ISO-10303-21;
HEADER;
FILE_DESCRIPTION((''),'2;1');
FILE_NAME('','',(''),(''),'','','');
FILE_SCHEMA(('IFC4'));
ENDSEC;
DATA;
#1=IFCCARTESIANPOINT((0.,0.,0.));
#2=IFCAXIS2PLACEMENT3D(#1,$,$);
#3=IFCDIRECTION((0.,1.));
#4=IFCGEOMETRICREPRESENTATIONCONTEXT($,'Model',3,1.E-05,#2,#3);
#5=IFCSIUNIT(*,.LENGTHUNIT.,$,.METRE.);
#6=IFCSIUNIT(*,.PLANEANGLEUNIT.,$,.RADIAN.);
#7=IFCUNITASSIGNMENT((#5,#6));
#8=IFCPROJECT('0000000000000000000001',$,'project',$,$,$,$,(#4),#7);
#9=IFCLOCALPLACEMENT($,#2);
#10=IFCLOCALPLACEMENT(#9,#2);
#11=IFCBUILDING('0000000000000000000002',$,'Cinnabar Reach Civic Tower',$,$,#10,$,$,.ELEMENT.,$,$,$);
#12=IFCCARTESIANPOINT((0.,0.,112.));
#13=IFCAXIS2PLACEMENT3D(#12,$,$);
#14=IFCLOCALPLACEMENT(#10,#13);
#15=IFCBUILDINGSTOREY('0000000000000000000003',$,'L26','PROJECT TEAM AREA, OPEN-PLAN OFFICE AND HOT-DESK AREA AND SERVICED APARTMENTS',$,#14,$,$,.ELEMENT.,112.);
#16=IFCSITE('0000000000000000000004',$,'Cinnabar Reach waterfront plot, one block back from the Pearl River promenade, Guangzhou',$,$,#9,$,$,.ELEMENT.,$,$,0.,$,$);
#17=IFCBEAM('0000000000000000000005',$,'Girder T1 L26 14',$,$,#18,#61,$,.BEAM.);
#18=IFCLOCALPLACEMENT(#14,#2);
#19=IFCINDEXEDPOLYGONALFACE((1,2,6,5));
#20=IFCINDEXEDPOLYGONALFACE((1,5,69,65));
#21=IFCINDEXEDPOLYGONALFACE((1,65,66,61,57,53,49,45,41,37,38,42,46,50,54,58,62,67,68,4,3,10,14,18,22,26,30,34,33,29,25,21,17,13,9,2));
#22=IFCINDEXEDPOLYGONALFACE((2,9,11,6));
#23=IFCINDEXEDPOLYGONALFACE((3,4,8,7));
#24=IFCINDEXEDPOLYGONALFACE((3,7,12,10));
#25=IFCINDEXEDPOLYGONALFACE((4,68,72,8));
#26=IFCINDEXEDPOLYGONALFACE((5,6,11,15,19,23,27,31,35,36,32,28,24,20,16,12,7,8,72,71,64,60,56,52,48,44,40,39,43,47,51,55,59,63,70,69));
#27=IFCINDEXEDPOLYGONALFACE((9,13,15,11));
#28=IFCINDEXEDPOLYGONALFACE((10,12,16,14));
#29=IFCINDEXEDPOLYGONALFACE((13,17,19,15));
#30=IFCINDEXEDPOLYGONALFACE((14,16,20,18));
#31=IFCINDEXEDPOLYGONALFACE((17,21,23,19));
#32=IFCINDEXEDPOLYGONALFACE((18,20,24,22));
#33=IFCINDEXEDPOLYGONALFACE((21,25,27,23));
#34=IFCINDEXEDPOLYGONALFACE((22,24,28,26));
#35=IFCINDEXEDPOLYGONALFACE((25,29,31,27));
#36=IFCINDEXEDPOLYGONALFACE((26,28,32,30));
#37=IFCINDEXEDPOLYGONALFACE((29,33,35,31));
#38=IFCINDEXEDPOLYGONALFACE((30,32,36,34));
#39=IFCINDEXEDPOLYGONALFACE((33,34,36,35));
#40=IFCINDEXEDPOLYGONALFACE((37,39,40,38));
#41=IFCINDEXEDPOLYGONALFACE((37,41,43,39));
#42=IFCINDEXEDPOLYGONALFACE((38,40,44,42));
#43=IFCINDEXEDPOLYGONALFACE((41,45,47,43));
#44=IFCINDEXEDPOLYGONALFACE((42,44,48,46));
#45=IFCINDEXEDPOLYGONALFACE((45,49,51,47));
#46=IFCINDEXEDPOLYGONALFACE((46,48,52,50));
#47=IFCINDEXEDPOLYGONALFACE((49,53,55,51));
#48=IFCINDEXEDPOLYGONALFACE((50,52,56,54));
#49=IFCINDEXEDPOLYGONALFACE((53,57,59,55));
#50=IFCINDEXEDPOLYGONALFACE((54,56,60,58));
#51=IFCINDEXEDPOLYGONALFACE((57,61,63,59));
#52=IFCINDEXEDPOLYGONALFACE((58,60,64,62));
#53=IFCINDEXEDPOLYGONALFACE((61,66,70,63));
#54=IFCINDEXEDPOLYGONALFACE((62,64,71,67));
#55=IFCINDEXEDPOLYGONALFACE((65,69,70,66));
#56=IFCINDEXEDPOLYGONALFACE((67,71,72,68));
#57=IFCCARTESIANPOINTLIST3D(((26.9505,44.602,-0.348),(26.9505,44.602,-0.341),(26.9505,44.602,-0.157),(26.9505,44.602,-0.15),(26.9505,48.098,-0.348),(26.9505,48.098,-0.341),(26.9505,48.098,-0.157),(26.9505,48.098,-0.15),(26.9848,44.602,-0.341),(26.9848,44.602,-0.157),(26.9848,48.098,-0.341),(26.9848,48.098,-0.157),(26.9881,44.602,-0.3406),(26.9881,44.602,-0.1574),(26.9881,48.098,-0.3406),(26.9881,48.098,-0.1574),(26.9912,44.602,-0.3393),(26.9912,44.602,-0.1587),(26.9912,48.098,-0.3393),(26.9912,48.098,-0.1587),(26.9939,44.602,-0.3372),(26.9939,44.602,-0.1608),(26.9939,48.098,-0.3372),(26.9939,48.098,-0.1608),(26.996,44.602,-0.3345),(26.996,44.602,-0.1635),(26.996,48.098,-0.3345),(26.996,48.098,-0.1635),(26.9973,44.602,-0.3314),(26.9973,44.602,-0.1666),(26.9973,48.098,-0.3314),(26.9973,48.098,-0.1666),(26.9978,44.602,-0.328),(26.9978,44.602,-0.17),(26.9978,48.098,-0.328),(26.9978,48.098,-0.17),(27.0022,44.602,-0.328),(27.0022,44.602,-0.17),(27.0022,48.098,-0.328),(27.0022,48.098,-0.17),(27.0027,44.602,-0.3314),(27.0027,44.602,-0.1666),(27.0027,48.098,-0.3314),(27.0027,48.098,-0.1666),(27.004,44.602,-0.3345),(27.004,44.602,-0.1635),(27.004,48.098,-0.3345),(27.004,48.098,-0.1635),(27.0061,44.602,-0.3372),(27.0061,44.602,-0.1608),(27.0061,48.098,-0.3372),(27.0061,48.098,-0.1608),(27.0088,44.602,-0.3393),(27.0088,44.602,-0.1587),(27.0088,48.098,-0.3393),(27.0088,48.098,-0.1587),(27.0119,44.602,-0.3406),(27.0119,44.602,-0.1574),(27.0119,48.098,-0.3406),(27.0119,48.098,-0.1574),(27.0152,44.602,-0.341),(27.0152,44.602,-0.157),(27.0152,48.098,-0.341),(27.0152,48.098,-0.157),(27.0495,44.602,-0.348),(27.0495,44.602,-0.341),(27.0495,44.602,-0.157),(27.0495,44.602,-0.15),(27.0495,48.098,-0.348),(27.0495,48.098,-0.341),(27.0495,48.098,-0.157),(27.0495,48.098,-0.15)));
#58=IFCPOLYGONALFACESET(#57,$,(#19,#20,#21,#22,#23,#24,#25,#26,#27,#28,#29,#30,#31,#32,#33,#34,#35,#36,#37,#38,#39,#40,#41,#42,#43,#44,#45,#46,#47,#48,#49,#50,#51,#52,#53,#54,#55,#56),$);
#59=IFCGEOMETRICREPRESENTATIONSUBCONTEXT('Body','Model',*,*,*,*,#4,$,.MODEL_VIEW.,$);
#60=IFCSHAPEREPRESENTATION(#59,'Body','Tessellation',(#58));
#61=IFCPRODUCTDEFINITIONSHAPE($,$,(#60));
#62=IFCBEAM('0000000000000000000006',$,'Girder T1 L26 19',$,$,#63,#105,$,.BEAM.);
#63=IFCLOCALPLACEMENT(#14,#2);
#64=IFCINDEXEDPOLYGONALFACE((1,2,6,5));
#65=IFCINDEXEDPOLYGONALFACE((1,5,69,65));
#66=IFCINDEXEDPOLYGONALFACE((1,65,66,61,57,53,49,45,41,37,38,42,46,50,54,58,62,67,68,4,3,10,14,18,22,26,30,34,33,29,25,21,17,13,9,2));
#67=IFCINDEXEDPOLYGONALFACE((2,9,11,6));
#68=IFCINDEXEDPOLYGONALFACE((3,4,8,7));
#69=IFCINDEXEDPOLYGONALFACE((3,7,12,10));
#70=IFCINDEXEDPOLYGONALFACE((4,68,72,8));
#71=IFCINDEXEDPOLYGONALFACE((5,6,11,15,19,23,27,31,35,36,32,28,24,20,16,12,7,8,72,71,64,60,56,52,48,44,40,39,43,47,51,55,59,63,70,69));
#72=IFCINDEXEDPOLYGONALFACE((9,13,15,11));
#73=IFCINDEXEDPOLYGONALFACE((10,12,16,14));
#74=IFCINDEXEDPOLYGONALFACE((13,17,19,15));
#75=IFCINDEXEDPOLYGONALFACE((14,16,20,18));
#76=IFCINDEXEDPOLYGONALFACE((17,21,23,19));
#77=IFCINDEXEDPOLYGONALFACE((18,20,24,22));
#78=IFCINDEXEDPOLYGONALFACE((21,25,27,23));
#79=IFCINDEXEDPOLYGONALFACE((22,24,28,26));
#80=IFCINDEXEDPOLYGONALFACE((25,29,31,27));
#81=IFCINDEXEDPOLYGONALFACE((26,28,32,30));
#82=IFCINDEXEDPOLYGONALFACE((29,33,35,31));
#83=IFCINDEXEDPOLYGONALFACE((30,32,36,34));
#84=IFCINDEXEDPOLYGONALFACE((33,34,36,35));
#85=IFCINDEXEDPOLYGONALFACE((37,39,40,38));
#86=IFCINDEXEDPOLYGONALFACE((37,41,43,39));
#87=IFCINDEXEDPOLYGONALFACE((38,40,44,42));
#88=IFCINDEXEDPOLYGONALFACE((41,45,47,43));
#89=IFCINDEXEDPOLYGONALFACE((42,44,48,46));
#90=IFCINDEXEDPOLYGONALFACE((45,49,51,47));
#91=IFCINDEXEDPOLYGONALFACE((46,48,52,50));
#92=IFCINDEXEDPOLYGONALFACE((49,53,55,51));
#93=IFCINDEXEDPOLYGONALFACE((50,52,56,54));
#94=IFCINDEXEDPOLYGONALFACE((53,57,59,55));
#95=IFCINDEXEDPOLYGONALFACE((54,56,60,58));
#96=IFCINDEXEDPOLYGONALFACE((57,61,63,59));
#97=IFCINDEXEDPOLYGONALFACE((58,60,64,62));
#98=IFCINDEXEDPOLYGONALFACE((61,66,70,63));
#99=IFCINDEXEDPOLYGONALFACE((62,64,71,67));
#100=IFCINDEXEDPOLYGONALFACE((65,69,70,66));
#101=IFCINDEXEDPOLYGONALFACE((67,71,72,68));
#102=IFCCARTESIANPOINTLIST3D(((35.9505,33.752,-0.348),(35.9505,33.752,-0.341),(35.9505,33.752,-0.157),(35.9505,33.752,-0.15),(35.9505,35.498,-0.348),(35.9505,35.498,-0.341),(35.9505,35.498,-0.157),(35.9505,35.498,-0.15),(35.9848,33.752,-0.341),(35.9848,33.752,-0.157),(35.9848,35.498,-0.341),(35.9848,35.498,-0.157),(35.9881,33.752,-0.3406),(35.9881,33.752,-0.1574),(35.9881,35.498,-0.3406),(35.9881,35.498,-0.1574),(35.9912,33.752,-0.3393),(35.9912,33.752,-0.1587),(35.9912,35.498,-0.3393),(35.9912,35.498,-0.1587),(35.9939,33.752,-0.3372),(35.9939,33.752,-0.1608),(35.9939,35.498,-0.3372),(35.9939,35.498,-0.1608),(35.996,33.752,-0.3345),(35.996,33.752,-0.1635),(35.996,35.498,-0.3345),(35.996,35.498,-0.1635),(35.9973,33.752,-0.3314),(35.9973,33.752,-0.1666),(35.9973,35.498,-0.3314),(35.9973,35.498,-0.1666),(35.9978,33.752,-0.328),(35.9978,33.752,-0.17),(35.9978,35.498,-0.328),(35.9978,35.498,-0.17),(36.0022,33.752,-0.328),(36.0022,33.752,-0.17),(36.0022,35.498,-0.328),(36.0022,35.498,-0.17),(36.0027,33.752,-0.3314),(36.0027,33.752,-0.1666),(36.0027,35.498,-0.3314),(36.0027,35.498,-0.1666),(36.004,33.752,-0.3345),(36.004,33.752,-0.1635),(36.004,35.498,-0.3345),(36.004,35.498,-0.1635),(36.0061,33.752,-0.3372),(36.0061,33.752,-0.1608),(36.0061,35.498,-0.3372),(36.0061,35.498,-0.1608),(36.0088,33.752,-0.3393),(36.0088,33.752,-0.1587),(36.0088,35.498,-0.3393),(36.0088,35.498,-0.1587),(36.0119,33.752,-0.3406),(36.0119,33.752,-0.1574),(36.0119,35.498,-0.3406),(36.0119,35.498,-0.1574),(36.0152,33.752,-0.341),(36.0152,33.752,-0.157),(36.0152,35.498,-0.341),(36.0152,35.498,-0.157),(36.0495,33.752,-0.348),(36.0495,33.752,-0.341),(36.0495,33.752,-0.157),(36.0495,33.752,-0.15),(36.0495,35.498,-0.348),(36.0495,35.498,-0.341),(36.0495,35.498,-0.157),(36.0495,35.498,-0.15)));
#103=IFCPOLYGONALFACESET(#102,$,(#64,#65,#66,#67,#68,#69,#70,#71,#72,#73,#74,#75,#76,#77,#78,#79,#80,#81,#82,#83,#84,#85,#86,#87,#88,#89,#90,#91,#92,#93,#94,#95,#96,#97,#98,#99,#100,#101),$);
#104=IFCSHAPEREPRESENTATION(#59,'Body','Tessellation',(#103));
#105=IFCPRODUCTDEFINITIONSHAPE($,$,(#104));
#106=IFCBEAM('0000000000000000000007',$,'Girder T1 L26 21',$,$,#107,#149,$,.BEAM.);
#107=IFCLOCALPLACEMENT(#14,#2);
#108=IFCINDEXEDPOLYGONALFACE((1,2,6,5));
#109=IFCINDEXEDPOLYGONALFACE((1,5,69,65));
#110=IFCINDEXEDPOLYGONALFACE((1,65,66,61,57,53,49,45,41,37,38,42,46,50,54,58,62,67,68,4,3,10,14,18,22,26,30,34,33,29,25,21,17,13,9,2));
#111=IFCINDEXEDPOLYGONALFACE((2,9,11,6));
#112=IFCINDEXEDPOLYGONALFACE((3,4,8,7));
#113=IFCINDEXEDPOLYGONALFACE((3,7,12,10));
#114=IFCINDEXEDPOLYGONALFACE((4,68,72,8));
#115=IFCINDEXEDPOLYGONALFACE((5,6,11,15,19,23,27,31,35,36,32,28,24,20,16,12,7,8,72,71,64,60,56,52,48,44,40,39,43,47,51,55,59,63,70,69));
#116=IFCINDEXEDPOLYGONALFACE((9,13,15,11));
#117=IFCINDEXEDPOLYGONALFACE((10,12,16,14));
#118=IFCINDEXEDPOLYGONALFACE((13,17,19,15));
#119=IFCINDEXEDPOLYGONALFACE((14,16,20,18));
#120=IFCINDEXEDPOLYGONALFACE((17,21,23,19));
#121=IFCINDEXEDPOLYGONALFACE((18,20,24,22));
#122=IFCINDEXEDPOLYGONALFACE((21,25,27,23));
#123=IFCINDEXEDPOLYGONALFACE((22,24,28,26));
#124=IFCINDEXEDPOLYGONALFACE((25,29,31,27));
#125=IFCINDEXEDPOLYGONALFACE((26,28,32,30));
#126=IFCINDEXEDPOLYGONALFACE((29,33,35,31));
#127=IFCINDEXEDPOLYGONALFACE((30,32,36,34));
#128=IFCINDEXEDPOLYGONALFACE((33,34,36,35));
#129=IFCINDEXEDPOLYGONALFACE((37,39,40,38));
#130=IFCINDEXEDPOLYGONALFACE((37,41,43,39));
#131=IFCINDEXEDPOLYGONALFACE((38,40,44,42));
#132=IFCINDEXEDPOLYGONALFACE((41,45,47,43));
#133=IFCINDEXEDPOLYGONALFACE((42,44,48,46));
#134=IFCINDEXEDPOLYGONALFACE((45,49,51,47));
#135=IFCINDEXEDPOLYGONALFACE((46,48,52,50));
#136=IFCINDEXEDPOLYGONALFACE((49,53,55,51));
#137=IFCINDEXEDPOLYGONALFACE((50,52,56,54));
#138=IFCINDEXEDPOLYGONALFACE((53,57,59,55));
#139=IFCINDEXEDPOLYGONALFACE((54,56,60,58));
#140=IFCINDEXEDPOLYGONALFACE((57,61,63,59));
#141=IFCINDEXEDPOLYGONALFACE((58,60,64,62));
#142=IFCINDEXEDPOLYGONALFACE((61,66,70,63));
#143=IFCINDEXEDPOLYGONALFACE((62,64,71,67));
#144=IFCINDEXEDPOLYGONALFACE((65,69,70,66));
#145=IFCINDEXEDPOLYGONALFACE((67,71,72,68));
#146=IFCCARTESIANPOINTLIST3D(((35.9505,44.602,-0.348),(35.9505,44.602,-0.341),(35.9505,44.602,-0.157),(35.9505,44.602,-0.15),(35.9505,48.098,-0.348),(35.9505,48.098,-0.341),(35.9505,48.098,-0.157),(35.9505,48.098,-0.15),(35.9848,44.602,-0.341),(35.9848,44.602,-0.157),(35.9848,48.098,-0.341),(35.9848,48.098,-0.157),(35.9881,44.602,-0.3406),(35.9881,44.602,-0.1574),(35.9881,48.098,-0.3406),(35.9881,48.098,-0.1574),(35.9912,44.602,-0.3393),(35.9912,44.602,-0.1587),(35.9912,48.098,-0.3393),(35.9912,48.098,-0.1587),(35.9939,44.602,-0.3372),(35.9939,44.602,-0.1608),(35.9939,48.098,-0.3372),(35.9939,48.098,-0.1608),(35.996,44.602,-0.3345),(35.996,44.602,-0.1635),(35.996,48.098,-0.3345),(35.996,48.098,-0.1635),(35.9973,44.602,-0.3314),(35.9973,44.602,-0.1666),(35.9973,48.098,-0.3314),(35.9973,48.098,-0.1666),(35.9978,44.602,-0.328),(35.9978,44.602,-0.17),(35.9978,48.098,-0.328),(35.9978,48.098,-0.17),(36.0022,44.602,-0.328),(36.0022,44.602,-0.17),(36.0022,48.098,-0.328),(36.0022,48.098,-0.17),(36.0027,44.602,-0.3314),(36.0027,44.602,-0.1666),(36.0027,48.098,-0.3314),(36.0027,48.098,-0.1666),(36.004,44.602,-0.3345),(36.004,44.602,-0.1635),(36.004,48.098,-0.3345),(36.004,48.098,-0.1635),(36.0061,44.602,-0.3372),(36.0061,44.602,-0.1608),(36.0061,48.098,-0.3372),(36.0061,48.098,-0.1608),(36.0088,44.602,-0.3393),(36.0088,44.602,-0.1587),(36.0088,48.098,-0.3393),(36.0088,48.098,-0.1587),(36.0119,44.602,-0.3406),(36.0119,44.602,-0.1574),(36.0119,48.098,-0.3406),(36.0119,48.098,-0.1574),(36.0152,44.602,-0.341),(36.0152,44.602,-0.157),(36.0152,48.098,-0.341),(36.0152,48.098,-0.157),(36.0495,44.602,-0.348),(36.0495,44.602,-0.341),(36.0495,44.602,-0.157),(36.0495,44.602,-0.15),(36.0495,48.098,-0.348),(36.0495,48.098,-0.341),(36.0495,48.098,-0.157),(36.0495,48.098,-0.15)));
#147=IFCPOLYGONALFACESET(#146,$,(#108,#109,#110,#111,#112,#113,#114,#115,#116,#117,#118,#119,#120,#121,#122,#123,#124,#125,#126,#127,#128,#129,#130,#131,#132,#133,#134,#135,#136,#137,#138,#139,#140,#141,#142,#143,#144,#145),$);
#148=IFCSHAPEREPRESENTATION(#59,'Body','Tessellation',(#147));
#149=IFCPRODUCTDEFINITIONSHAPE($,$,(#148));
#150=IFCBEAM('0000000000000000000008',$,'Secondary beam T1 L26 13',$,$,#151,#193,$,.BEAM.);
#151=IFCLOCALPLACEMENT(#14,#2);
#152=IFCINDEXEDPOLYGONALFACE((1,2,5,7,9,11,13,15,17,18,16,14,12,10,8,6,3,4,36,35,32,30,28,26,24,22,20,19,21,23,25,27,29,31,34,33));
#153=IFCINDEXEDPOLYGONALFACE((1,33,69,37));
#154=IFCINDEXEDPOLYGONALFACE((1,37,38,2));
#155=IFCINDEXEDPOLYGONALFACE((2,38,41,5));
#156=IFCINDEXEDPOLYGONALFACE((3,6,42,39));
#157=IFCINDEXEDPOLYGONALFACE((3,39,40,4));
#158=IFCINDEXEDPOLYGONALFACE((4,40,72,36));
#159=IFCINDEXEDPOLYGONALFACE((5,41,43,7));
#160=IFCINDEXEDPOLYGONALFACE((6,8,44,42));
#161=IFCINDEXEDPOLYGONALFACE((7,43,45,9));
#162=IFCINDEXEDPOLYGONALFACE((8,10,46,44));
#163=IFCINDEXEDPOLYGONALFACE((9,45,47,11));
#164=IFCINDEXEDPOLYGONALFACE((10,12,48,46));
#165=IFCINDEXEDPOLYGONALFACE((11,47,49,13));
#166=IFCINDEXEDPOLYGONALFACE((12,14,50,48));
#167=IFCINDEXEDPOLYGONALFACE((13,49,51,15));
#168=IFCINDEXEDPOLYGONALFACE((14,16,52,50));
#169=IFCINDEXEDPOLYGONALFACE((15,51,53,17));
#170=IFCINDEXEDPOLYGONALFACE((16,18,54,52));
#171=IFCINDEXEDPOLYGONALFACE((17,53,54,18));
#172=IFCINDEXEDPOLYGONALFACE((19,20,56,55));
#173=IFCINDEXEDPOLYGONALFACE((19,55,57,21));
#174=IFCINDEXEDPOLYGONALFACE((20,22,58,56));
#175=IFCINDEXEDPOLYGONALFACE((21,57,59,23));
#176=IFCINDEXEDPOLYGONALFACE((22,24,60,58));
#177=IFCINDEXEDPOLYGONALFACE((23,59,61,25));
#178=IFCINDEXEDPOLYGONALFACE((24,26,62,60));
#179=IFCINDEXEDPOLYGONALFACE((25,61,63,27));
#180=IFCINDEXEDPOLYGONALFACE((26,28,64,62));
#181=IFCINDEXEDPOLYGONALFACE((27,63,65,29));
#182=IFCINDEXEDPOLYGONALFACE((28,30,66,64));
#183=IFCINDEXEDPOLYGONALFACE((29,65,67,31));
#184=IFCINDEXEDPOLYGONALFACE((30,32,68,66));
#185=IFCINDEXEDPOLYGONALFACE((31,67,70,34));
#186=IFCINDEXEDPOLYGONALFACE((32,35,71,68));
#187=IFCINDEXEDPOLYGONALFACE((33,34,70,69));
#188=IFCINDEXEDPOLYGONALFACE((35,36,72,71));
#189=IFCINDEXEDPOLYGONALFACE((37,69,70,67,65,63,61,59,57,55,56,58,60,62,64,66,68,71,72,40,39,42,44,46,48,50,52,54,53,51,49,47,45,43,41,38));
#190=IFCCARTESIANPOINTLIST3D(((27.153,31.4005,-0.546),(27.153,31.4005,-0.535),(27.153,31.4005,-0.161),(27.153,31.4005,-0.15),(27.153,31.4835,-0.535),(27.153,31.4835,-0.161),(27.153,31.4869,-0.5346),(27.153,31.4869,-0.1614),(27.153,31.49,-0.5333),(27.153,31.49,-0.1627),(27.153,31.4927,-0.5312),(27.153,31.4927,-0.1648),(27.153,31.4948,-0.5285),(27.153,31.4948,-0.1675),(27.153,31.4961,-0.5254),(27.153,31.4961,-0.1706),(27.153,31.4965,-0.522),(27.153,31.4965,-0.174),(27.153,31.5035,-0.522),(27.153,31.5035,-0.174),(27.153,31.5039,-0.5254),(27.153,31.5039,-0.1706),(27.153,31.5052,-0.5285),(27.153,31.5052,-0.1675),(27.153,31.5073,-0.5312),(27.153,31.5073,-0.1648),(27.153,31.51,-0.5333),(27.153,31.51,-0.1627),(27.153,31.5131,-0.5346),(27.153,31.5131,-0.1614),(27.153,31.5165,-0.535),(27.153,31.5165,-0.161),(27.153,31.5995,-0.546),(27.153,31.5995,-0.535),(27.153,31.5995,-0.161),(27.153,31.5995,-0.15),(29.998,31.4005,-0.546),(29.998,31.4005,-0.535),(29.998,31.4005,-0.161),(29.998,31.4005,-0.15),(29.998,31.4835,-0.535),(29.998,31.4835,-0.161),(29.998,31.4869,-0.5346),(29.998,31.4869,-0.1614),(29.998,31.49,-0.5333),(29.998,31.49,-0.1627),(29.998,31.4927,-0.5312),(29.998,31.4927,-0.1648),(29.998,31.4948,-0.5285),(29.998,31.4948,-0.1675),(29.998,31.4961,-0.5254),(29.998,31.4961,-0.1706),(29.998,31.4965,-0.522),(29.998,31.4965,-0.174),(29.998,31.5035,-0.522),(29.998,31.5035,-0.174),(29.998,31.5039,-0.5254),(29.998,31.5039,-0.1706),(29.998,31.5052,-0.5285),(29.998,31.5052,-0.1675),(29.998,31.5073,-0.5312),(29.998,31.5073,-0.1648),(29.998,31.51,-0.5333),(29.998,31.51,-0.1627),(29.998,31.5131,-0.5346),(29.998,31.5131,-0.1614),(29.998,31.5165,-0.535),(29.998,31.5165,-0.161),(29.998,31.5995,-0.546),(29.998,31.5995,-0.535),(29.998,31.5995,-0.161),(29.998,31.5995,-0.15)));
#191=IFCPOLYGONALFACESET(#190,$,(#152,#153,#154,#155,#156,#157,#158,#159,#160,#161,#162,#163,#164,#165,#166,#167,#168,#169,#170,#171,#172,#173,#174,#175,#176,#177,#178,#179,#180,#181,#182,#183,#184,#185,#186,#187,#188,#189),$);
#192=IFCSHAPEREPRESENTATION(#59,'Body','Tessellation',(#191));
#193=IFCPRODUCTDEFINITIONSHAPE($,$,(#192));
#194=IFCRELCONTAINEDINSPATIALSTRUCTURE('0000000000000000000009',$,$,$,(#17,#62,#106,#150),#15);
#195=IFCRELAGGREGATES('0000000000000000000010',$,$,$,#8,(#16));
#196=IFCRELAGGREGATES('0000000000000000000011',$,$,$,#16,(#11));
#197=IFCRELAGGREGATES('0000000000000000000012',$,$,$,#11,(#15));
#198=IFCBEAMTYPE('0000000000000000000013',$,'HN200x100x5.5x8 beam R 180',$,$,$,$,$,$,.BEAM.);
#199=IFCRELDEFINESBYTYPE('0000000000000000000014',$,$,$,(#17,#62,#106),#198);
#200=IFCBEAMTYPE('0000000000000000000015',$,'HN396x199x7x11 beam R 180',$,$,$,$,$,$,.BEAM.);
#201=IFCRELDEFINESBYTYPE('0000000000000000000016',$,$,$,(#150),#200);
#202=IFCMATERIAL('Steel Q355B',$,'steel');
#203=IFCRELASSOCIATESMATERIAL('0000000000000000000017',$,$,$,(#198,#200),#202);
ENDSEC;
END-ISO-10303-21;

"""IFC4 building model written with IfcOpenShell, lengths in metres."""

from ifc_helpers import new_model, si_unit, direction, frame, origin, origin_2d, place, context, subcontext, project, spatial, i_section, extrude, material, material_profile, profile_set, type_object, element, save


model = new_model("IFC4")

# Units and contexts
model_context = context("Model", 3, precision=1e-05, world=origin(), true_north=direction((0.0, 1.0)))
body_context = subcontext(model_context, "Body", "Model", "MODEL_VIEW")
ifc_project = project(units=[si_unit("LENGTHUNIT", "METRE"), si_unit("PLANEANGLEUNIT", "RADIAN")], contexts=[model_context])

# Site, building, storey
site_placement = place(None, origin())
site = spatial("IfcSite", under=ifc_project, at=site_placement, Name="Cinnabar Reach waterfront plot, one block back from the Pearl River promenade, Guangzhou", CompositionType="ELEMENT", RefElevation=0.0)
building_placement = place(site_placement, origin())
building = spatial("IfcBuilding", under=site, at=building_placement, Name="Cinnabar Reach Civic Tower", CompositionType="ELEMENT")
storey_placement = place(building_placement, frame((0.0, 0.0, 112.0)))
storey = spatial("IfcBuildingStorey", under=building, at=storey_placement, Name="L26", Description="PROJECT TEAM AREA, OPEN-PLAN OFFICE AND HOT-DESK AREA AND SERVICED APARTMENTS", CompositionType="ELEMENT", Elevation=112.0)

# Beams
ifc_material_1 = material(Name="Steel Q355B", Category="steel")
ifc_material_profile_1 = material_profile(ifc_material_1, i_section(OverallWidth=0.099, OverallDepth=0.198, WebThickness=0.0045, FlangeThickness=0.007, FilletRadius=0.013, at=origin_2d()), Name="HN200x100x5.5x8")
ifc_profile_set_1 = profile_set([ifc_material_profile_1], Name="Steel Q355B")
beam_type_1 = type_object("IfcBeamType", Name="HN200x100x5.5x8 beam R 180", PredefinedType="BEAM", material=ifc_profile_set_1)
beam_1_placement = place(storey_placement, frame((27.0, 44.602, -0.249), z_axis=(0.0, 1.0, 0.0), x_axis=(-1.0, 0.0, 0.0)))
element("IfcBeam", 1, at=beam_1_placement, inside=storey, type_object=beam_type_1, Name="Girder T1 L26 14", PredefinedType="BEAM", context=body_context, shape_type="SweptSolid", body=[
    extrude(i_section(OverallWidth=0.099, OverallDepth=0.198, WebThickness=0.0045, FlangeThickness=0.007, FilletRadius=0.013, at=origin_2d()), origin(), (0.0, 0.0, 1.0), 3.496),
])
beam_2_placement = place(storey_placement, frame((36.0, 33.752, -0.249), z_axis=(0.0, 1.0, 0.0), x_axis=(-1.0, 0.0, 0.0)))
element("IfcBeam", 2, at=beam_2_placement, inside=storey, type_object=beam_type_1, Name="Girder T1 L26 19", PredefinedType="BEAM", context=body_context, shape_type="SweptSolid", body=[
    extrude(i_section(OverallWidth=0.099, OverallDepth=0.198, WebThickness=0.0045, FlangeThickness=0.007, FilletRadius=0.013, at=origin_2d()), origin(), (0.0, 0.0, 1.0), 1.746),
])
beam_3_placement = place(storey_placement, frame((36.0, 44.602, -0.249), z_axis=(0.0, 1.0, 0.0), x_axis=(-1.0, 0.0, 0.0)))
element("IfcBeam", 3, at=beam_3_placement, inside=storey, type_object=beam_type_1, Name="Girder T1 L26 21", PredefinedType="BEAM", context=body_context, shape_type="SweptSolid", body=[
    extrude(i_section(OverallWidth=0.099, OverallDepth=0.198, WebThickness=0.0045, FlangeThickness=0.007, FilletRadius=0.013, at=origin_2d()), origin(), (0.0, 0.0, 1.0), 3.496),
])
ifc_material_profile_2 = material_profile(ifc_material_1, i_section(OverallWidth=0.199, OverallDepth=0.396, WebThickness=0.007, FlangeThickness=0.011, FilletRadius=0.013, at=origin_2d()), Name="HN396x199x7x11")
ifc_profile_set_2 = profile_set([ifc_material_profile_2], Name="Steel Q355B")
beam_type_2 = type_object("IfcBeamType", Name="HN396x199x7x11 beam R 180", PredefinedType="BEAM", material=ifc_profile_set_2)
beam_4_placement = place(storey_placement, frame((27.153, 31.5, -0.348), z_axis=(1.0, 0.0, 0.0), x_axis=(0.0, 1.0, 0.0)))
element("IfcBeam", 4, at=beam_4_placement, inside=storey, type_object=beam_type_2, Name="Secondary beam T1 L26 13", PredefinedType="BEAM", context=body_context, shape_type="SweptSolid", body=[
    extrude(i_section(OverallWidth=0.199, OverallDepth=0.396, WebThickness=0.007, FlangeThickness=0.011, FilletRadius=0.013, at=origin_2d()), origin(), (0.0, 0.0, 1.0), 2.845),
])

save(model, "model.ifc")
